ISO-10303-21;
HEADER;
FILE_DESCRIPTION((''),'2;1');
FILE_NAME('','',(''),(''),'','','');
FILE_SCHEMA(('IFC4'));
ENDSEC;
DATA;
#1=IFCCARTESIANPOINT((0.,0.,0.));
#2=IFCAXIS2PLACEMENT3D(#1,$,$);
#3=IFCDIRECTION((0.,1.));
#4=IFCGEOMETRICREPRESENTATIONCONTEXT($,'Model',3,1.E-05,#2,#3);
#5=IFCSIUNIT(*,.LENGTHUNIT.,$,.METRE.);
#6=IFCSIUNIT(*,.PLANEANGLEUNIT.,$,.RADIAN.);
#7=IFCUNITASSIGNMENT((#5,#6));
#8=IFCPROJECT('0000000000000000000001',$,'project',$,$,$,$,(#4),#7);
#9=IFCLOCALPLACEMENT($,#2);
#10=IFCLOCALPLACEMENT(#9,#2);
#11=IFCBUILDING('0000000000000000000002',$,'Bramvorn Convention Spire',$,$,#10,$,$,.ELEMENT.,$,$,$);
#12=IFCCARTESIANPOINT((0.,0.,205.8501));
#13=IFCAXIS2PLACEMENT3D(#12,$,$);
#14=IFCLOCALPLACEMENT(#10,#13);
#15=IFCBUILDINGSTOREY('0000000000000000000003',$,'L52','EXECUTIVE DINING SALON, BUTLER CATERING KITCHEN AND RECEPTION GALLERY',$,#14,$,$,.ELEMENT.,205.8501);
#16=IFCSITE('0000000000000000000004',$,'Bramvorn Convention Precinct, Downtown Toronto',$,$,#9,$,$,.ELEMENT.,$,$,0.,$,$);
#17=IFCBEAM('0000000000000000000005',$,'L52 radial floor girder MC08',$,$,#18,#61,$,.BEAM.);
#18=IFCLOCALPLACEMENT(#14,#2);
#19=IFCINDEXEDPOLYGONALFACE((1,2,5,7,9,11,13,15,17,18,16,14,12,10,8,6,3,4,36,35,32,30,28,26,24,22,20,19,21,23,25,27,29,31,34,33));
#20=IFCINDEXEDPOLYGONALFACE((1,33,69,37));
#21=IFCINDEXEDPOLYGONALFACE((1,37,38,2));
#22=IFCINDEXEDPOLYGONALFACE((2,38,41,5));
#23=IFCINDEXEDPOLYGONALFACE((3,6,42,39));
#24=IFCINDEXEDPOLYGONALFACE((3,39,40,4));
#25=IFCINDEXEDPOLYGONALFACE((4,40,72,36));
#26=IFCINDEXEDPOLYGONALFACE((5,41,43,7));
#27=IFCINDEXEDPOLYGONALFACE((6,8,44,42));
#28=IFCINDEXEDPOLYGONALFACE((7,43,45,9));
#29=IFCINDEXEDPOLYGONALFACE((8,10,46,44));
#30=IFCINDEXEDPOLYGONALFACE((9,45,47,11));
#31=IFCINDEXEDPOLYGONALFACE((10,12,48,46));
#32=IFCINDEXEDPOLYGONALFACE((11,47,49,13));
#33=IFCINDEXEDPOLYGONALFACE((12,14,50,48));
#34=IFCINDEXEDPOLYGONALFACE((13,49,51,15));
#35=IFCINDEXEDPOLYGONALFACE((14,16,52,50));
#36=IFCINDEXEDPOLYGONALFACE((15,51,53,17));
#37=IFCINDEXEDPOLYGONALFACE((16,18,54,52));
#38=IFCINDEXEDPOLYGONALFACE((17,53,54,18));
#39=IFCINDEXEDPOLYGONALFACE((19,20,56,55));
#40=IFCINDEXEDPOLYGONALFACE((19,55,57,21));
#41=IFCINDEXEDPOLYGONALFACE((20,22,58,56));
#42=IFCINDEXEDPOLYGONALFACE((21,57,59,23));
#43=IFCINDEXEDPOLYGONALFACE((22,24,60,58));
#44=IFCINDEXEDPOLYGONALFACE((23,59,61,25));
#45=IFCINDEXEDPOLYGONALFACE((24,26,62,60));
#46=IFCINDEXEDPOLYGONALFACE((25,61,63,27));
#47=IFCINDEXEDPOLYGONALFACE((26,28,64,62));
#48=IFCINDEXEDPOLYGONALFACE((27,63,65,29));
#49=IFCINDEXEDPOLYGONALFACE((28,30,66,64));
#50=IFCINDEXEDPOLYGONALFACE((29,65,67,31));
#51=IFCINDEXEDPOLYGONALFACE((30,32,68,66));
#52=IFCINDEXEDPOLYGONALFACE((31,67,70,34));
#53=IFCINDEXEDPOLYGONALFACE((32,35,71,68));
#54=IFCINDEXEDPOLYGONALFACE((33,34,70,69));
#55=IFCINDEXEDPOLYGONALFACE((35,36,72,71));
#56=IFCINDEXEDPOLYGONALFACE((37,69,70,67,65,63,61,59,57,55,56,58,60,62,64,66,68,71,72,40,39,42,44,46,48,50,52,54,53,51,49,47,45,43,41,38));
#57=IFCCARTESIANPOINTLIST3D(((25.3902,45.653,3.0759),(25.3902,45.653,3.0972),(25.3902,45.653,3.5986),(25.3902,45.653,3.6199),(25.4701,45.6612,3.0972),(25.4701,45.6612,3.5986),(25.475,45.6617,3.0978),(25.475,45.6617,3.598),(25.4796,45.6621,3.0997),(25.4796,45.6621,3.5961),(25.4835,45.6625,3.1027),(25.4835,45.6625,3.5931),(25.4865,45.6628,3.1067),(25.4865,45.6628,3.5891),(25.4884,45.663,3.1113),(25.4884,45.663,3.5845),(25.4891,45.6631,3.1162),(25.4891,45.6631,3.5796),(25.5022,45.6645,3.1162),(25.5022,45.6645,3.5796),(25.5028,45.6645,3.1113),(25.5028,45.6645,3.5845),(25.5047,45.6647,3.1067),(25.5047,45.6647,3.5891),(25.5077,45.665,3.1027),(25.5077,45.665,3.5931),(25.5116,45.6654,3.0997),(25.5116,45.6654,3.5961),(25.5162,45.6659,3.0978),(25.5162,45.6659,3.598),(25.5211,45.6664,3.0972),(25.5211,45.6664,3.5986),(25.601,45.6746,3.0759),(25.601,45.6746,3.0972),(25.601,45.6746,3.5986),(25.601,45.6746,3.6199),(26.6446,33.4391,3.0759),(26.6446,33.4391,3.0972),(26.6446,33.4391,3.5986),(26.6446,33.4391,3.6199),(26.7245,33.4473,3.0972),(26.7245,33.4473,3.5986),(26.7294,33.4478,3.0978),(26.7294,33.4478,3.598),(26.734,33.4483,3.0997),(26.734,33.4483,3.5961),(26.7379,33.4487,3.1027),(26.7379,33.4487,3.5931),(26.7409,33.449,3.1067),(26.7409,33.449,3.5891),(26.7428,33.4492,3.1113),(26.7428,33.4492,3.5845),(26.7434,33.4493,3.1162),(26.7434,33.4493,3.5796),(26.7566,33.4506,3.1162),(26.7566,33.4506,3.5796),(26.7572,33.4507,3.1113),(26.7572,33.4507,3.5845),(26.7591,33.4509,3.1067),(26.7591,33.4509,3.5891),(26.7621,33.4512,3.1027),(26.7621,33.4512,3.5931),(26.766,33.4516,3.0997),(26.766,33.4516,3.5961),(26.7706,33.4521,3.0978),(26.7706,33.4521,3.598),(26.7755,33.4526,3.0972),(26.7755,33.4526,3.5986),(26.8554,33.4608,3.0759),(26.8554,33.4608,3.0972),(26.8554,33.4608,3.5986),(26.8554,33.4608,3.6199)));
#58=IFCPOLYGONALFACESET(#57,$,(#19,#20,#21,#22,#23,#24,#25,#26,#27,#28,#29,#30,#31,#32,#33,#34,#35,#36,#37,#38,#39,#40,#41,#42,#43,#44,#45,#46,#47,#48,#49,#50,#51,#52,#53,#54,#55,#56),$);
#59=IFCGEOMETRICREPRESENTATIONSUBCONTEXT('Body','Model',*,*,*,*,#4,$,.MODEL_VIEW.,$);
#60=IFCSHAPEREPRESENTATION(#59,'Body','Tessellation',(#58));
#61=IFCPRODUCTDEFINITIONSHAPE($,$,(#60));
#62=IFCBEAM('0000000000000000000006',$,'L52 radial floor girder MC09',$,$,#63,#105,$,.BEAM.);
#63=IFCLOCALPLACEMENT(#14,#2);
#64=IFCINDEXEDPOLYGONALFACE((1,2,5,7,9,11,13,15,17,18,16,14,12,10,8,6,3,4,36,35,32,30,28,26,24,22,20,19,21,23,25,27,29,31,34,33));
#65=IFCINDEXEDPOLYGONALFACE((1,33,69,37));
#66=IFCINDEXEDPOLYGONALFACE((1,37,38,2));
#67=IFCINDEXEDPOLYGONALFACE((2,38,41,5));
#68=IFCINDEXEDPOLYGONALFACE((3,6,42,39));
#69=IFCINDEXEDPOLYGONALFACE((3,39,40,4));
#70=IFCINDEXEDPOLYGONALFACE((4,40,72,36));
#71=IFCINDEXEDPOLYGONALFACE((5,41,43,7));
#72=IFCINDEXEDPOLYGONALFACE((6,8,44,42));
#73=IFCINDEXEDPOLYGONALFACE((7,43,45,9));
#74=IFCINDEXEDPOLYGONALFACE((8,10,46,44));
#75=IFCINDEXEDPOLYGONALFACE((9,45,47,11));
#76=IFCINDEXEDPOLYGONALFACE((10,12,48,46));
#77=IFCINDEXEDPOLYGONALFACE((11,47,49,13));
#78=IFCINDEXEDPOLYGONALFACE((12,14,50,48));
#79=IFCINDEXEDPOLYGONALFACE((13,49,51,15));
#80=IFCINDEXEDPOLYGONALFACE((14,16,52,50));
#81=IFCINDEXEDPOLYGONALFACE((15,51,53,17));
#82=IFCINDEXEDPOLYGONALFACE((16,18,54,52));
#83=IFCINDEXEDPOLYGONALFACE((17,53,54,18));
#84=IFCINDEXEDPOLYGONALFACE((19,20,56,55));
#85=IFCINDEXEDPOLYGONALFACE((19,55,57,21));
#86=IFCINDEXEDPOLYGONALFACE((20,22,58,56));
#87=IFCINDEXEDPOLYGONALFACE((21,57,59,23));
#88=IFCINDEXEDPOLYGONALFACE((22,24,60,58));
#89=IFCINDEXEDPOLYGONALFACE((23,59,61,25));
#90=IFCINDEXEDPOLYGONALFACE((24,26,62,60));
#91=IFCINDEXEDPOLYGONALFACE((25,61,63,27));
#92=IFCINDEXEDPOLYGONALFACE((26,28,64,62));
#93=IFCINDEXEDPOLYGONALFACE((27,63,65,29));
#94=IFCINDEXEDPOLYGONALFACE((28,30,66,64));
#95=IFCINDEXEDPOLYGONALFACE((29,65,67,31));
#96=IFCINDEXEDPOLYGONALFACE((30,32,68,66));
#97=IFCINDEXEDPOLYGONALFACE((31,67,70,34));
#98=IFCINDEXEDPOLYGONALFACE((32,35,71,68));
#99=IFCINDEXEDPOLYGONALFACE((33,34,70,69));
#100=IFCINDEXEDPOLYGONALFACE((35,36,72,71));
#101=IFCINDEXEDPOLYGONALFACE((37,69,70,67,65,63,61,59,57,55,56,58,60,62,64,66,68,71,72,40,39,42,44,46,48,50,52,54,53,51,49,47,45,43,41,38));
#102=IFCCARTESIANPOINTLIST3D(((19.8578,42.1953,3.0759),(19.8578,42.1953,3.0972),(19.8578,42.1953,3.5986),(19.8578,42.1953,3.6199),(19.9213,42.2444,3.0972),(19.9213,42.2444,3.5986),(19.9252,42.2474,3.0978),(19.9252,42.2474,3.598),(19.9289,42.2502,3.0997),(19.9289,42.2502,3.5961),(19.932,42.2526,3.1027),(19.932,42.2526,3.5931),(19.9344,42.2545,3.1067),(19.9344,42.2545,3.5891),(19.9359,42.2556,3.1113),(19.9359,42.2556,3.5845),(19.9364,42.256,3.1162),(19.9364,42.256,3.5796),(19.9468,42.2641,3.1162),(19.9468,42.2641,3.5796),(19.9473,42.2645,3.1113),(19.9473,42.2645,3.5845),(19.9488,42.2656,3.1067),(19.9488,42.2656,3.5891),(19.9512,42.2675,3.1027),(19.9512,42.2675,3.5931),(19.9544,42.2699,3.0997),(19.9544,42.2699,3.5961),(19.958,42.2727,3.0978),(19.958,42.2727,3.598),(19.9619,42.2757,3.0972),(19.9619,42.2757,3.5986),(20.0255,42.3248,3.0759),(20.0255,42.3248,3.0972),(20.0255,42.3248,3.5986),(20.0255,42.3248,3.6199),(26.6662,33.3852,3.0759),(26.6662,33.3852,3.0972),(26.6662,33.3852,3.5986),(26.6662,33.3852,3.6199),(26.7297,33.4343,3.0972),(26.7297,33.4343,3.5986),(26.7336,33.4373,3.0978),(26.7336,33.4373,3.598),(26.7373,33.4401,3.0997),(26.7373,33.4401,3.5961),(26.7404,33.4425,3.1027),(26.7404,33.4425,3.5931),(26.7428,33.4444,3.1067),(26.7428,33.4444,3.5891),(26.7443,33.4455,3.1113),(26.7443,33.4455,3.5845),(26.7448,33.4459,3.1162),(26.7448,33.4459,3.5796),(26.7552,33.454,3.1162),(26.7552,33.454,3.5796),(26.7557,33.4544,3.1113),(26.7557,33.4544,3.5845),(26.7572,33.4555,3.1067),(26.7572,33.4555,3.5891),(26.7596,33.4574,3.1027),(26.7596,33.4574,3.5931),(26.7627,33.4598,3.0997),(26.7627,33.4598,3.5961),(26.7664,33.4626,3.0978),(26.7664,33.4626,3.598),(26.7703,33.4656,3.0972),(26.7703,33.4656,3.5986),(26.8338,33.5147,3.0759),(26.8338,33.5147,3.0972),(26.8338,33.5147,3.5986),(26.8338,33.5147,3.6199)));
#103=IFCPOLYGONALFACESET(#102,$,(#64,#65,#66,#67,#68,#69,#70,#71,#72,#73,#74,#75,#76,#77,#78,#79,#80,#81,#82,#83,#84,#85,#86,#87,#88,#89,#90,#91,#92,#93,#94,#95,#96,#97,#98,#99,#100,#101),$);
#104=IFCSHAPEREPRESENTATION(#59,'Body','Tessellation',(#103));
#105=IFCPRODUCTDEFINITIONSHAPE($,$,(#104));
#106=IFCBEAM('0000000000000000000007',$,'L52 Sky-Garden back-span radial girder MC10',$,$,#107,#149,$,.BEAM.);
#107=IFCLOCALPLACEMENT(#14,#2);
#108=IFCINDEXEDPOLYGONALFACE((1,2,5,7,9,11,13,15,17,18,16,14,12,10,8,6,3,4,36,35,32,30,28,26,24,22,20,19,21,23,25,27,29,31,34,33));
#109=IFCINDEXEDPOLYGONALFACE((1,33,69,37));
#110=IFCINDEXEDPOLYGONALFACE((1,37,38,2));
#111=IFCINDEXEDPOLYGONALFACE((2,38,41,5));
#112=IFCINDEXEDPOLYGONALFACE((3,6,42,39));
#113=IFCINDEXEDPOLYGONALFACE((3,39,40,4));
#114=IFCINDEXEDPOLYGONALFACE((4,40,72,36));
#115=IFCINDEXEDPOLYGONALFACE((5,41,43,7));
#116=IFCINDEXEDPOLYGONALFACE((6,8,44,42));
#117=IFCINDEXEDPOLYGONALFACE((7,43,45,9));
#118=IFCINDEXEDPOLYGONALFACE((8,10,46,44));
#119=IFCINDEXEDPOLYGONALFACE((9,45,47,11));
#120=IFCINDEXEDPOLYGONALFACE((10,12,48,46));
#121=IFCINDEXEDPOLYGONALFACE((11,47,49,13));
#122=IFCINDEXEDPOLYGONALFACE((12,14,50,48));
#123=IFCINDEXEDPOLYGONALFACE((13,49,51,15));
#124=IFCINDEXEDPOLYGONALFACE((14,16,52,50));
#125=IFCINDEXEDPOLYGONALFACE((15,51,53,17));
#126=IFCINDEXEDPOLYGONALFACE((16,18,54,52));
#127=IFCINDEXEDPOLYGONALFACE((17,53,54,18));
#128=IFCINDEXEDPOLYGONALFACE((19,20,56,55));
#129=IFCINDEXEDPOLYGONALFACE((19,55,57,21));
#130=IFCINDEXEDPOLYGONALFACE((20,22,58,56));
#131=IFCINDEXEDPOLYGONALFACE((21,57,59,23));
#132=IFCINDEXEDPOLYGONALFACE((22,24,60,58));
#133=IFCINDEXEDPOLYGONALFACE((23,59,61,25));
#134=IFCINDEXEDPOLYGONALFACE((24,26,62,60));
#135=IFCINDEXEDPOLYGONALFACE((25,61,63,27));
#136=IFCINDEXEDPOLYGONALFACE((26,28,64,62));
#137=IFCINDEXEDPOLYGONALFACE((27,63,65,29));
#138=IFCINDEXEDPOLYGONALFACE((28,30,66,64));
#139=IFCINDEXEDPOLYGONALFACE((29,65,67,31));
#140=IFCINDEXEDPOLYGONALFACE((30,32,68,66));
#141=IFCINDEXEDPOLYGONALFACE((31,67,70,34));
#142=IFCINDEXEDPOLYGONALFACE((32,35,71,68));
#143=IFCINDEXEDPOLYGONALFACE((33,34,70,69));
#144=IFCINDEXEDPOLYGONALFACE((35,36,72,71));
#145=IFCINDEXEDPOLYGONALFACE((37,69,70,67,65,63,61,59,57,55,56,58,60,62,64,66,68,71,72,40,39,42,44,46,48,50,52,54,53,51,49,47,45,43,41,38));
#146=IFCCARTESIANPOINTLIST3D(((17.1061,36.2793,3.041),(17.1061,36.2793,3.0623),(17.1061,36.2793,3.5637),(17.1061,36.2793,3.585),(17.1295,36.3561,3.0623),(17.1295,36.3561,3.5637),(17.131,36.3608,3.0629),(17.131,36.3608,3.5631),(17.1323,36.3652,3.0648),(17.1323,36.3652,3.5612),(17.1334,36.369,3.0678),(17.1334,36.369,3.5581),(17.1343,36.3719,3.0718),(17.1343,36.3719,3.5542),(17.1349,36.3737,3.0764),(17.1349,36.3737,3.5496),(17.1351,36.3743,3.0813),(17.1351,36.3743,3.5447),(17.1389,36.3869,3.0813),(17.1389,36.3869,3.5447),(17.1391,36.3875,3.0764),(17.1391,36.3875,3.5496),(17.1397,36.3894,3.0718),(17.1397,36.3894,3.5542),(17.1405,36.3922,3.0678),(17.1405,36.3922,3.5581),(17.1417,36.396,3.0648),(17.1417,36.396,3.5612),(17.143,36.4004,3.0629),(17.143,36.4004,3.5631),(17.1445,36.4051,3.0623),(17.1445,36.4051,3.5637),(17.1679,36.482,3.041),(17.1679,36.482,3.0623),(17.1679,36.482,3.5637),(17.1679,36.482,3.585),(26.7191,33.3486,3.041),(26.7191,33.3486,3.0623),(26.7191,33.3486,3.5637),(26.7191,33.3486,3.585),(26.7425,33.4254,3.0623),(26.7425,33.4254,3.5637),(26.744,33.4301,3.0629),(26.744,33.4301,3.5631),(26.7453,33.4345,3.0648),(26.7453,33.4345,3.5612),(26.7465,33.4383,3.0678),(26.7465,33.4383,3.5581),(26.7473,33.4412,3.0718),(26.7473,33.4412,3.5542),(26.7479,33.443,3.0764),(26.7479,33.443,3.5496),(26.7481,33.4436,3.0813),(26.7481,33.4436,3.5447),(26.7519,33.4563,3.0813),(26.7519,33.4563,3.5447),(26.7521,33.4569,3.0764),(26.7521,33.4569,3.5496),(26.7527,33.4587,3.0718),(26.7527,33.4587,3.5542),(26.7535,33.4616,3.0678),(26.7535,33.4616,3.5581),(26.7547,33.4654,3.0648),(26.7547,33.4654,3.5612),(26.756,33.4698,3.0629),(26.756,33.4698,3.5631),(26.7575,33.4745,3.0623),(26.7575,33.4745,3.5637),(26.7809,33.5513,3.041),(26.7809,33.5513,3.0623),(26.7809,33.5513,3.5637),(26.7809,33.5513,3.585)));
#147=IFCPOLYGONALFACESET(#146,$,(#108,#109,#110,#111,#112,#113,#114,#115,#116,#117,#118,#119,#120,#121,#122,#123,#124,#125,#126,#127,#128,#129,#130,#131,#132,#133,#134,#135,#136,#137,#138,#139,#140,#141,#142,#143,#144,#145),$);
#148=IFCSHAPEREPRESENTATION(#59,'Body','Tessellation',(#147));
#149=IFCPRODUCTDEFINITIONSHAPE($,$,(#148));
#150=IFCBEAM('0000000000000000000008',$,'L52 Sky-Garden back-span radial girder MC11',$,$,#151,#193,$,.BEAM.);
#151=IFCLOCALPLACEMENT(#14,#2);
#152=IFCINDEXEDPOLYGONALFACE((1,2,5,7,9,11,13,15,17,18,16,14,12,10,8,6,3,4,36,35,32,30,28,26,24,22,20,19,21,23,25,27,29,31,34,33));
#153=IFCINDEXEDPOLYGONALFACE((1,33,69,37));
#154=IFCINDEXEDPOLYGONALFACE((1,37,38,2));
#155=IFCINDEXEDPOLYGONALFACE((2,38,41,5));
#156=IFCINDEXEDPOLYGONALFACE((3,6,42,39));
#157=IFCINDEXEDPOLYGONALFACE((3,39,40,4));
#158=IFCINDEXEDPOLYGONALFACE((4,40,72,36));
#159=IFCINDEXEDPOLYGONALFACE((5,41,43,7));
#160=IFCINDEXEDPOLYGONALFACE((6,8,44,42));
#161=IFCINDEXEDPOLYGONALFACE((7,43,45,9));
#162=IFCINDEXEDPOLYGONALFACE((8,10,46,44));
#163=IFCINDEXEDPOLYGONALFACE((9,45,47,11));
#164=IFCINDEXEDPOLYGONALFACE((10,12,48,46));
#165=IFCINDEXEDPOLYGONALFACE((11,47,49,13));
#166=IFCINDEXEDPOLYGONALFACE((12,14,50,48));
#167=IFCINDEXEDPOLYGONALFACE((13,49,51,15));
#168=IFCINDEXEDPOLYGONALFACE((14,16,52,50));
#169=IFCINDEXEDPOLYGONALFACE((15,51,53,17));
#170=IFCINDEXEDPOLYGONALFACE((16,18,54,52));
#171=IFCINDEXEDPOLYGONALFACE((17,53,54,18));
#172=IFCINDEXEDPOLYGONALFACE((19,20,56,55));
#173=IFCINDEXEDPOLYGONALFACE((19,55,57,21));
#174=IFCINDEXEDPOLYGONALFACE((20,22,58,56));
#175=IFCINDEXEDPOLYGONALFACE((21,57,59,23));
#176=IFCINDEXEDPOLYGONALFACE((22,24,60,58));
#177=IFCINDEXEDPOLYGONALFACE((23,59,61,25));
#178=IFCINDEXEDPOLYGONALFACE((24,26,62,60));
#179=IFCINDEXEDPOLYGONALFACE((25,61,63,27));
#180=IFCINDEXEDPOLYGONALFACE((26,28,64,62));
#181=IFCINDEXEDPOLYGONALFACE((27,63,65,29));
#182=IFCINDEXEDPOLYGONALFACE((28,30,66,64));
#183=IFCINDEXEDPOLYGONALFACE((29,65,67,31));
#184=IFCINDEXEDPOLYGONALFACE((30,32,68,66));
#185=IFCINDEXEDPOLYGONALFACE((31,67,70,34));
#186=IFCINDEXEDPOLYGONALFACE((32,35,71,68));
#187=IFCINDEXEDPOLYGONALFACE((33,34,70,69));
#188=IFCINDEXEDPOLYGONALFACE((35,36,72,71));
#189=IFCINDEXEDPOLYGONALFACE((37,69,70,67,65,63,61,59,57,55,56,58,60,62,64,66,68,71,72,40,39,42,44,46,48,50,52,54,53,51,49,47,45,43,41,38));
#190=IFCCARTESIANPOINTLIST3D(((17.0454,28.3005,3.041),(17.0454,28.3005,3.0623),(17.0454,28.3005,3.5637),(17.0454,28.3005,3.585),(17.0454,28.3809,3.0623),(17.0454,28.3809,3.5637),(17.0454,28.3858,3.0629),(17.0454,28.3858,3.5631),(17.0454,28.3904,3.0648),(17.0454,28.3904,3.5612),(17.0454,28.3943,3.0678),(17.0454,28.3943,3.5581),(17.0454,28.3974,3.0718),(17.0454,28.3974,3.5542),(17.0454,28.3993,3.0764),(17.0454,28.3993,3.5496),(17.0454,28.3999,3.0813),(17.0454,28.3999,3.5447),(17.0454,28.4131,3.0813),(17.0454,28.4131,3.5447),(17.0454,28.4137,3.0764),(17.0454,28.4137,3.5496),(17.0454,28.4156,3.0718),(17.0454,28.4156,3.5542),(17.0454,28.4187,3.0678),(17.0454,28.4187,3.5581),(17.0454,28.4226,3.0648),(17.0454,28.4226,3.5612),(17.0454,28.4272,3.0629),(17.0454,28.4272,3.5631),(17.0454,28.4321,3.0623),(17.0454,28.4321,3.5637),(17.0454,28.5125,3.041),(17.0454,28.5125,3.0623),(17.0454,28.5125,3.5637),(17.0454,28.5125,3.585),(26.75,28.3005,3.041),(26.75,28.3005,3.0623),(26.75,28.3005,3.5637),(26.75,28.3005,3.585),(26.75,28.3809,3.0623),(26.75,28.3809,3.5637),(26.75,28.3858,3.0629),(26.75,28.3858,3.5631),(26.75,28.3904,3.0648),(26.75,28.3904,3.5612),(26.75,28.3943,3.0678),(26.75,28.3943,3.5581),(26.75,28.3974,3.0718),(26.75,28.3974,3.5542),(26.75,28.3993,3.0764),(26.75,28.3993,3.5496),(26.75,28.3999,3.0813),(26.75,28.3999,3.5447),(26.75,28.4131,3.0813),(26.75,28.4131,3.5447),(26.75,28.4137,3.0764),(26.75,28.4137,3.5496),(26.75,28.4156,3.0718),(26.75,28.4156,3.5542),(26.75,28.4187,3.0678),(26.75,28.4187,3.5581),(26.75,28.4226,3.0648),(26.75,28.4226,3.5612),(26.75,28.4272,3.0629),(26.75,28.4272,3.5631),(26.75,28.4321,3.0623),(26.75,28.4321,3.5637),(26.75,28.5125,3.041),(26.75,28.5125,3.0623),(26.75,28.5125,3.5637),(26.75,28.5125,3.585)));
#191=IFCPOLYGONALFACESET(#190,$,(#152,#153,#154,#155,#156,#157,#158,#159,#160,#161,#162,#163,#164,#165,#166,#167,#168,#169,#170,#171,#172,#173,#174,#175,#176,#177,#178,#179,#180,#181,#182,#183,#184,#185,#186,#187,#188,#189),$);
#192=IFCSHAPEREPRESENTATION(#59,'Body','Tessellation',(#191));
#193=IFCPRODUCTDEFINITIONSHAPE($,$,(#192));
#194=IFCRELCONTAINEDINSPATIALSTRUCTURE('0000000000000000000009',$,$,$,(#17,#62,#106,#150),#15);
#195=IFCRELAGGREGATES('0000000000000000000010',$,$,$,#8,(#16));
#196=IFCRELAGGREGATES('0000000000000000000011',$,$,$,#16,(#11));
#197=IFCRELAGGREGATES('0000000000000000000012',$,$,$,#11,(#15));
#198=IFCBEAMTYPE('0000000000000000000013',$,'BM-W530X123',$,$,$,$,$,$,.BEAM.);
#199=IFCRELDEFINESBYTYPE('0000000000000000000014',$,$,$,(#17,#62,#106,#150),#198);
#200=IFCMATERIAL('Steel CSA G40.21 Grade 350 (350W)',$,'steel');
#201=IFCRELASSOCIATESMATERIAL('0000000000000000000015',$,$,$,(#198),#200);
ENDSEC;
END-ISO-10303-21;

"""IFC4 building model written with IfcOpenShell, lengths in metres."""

from ifc_helpers import new_model, si_unit, direction, frame, origin, origin_2d, place, context, subcontext, project, spatial, i_section, extrude, material, material_profile, profile_set, type_object, element, save


model = new_model("IFC4")

# Units and contexts
model_context = context("Model", 3, precision=1e-05, world=origin(), true_north=direction((0.0, 1.0)))
body_context = subcontext(model_context, "Body", "Model", "MODEL_VIEW")
ifc_project = project(units=[si_unit("LENGTHUNIT", "METRE"), si_unit("PLANEANGLEUNIT", "RADIAN")], contexts=[model_context])

# Site, building, storey
site_placement = place(None, origin())
site = spatial("IfcSite", under=ifc_project, at=site_placement, Name="Bramvorn Convention Precinct, Downtown Toronto", CompositionType="ELEMENT", RefElevation=0.0)
building_placement = place(site_placement, origin())
building = spatial("IfcBuilding", under=site, at=building_placement, Name="Bramvorn Convention Spire", CompositionType="ELEMENT")
storey_placement = place(building_placement, frame((0.0, 0.0, 205.8501)))
storey = spatial("IfcBuildingStorey", under=building, at=storey_placement, Name="L52", Description="EXECUTIVE DINING SALON, BUTLER CATERING KITCHEN AND RECEPTION GALLERY", CompositionType="ELEMENT", Elevation=205.8501)

# Shared definitions
ifc_material_1 = material(Name="Steel CSA G40.21 Grade 350 (350W)", Category="steel")

# Beams
ifc_material_profile_1 = material_profile(ifc_material_1, i_section(OverallWidth=0.2119, OverallDepth=0.5439, WebThickness=0.0132, FlangeThickness=0.0212, FilletRadius=0.019, at=origin_2d()))
ifc_profile_set_1 = profile_set([ifc_material_profile_1], Name="Steel CSA G40.21 Grade 350 (350W) - W530X123")
beam_type_1 = type_object("IfcBeamType", Name="BM-W530X123", PredefinedType="BEAM", material=ifc_profile_set_1)
beam_1_placement = place(storey_placement, frame((26.75, 33.45, 3.3479), z_axis=(-0.102165, 0.994767, 0.0), x_axis=(-0.994767, -0.102165, 0.0)))
element("IfcBeam", 1, at=beam_1_placement, inside=storey, type_object=beam_type_1, Name="L52 radial floor girder MC08", PredefinedType="BEAM", context=body_context, shape_type="SweptSolid", body=[
    extrude(i_section(OverallWidth=0.2119, OverallDepth=0.5439, WebThickness=0.0132, FlangeThickness=0.0212, FilletRadius=0.019, at=origin_2d()), origin(), (0.0, 0.0, 1.0), 12.2781),
])
beam_2_placement = place(storey_placement, frame((26.75, 33.45, 3.3479), z_axis=(-0.61148, 0.79126, 0.0), x_axis=(-0.79126, -0.61148, 0.0)))
element("IfcBeam", 2, at=beam_2_placement, inside=storey, type_object=beam_type_1, Name="L52 radial floor girder MC09", PredefinedType="BEAM", context=body_context, shape_type="SweptSolid", body=[
    extrude(i_section(OverallWidth=0.2119, OverallDepth=0.5439, WebThickness=0.0132, FlangeThickness=0.0212, FilletRadius=0.019, at=origin_2d()), origin(), (0.0, 0.0, 1.0), 11.1343),
])
beam_3_placement = place(storey_placement, frame((26.75, 33.45, 3.313), z_axis=(-0.956536, 0.291613, 0.0), x_axis=(-0.291613, -0.956536, 0.0)))
element("IfcBeam", 3, at=beam_3_placement, inside=storey, type_object=beam_type_1, Name="L52 Sky-Garden back-span radial girder MC10", PredefinedType="BEAM", context=body_context, shape_type="SweptSolid", body=[
    extrude(i_section(OverallWidth=0.2119, OverallDepth=0.5439, WebThickness=0.0132, FlangeThickness=0.0212, FilletRadius=0.019, at=origin_2d()), origin(), (0.0, 0.0, 1.0), 10.0498),
])
beam_4_placement = place(storey_placement, frame((26.75, 28.4065, 3.313), z_axis=(-1.0, 0.0, 0.0), x_axis=(0.0, -1.0, 0.0)))
element("IfcBeam", 4, at=beam_4_placement, inside=storey, type_object=beam_type_1, Name="L52 Sky-Garden back-span radial girder MC11", PredefinedType="BEAM", context=body_context, shape_type="SweptSolid", body=[
    extrude(i_section(OverallWidth=0.2119, OverallDepth=0.5439, WebThickness=0.0132, FlangeThickness=0.0212, FilletRadius=0.019, at=origin_2d()), origin(), (0.0, 0.0, 1.0), 9.7046),
])

save(model, "model.ifc")
